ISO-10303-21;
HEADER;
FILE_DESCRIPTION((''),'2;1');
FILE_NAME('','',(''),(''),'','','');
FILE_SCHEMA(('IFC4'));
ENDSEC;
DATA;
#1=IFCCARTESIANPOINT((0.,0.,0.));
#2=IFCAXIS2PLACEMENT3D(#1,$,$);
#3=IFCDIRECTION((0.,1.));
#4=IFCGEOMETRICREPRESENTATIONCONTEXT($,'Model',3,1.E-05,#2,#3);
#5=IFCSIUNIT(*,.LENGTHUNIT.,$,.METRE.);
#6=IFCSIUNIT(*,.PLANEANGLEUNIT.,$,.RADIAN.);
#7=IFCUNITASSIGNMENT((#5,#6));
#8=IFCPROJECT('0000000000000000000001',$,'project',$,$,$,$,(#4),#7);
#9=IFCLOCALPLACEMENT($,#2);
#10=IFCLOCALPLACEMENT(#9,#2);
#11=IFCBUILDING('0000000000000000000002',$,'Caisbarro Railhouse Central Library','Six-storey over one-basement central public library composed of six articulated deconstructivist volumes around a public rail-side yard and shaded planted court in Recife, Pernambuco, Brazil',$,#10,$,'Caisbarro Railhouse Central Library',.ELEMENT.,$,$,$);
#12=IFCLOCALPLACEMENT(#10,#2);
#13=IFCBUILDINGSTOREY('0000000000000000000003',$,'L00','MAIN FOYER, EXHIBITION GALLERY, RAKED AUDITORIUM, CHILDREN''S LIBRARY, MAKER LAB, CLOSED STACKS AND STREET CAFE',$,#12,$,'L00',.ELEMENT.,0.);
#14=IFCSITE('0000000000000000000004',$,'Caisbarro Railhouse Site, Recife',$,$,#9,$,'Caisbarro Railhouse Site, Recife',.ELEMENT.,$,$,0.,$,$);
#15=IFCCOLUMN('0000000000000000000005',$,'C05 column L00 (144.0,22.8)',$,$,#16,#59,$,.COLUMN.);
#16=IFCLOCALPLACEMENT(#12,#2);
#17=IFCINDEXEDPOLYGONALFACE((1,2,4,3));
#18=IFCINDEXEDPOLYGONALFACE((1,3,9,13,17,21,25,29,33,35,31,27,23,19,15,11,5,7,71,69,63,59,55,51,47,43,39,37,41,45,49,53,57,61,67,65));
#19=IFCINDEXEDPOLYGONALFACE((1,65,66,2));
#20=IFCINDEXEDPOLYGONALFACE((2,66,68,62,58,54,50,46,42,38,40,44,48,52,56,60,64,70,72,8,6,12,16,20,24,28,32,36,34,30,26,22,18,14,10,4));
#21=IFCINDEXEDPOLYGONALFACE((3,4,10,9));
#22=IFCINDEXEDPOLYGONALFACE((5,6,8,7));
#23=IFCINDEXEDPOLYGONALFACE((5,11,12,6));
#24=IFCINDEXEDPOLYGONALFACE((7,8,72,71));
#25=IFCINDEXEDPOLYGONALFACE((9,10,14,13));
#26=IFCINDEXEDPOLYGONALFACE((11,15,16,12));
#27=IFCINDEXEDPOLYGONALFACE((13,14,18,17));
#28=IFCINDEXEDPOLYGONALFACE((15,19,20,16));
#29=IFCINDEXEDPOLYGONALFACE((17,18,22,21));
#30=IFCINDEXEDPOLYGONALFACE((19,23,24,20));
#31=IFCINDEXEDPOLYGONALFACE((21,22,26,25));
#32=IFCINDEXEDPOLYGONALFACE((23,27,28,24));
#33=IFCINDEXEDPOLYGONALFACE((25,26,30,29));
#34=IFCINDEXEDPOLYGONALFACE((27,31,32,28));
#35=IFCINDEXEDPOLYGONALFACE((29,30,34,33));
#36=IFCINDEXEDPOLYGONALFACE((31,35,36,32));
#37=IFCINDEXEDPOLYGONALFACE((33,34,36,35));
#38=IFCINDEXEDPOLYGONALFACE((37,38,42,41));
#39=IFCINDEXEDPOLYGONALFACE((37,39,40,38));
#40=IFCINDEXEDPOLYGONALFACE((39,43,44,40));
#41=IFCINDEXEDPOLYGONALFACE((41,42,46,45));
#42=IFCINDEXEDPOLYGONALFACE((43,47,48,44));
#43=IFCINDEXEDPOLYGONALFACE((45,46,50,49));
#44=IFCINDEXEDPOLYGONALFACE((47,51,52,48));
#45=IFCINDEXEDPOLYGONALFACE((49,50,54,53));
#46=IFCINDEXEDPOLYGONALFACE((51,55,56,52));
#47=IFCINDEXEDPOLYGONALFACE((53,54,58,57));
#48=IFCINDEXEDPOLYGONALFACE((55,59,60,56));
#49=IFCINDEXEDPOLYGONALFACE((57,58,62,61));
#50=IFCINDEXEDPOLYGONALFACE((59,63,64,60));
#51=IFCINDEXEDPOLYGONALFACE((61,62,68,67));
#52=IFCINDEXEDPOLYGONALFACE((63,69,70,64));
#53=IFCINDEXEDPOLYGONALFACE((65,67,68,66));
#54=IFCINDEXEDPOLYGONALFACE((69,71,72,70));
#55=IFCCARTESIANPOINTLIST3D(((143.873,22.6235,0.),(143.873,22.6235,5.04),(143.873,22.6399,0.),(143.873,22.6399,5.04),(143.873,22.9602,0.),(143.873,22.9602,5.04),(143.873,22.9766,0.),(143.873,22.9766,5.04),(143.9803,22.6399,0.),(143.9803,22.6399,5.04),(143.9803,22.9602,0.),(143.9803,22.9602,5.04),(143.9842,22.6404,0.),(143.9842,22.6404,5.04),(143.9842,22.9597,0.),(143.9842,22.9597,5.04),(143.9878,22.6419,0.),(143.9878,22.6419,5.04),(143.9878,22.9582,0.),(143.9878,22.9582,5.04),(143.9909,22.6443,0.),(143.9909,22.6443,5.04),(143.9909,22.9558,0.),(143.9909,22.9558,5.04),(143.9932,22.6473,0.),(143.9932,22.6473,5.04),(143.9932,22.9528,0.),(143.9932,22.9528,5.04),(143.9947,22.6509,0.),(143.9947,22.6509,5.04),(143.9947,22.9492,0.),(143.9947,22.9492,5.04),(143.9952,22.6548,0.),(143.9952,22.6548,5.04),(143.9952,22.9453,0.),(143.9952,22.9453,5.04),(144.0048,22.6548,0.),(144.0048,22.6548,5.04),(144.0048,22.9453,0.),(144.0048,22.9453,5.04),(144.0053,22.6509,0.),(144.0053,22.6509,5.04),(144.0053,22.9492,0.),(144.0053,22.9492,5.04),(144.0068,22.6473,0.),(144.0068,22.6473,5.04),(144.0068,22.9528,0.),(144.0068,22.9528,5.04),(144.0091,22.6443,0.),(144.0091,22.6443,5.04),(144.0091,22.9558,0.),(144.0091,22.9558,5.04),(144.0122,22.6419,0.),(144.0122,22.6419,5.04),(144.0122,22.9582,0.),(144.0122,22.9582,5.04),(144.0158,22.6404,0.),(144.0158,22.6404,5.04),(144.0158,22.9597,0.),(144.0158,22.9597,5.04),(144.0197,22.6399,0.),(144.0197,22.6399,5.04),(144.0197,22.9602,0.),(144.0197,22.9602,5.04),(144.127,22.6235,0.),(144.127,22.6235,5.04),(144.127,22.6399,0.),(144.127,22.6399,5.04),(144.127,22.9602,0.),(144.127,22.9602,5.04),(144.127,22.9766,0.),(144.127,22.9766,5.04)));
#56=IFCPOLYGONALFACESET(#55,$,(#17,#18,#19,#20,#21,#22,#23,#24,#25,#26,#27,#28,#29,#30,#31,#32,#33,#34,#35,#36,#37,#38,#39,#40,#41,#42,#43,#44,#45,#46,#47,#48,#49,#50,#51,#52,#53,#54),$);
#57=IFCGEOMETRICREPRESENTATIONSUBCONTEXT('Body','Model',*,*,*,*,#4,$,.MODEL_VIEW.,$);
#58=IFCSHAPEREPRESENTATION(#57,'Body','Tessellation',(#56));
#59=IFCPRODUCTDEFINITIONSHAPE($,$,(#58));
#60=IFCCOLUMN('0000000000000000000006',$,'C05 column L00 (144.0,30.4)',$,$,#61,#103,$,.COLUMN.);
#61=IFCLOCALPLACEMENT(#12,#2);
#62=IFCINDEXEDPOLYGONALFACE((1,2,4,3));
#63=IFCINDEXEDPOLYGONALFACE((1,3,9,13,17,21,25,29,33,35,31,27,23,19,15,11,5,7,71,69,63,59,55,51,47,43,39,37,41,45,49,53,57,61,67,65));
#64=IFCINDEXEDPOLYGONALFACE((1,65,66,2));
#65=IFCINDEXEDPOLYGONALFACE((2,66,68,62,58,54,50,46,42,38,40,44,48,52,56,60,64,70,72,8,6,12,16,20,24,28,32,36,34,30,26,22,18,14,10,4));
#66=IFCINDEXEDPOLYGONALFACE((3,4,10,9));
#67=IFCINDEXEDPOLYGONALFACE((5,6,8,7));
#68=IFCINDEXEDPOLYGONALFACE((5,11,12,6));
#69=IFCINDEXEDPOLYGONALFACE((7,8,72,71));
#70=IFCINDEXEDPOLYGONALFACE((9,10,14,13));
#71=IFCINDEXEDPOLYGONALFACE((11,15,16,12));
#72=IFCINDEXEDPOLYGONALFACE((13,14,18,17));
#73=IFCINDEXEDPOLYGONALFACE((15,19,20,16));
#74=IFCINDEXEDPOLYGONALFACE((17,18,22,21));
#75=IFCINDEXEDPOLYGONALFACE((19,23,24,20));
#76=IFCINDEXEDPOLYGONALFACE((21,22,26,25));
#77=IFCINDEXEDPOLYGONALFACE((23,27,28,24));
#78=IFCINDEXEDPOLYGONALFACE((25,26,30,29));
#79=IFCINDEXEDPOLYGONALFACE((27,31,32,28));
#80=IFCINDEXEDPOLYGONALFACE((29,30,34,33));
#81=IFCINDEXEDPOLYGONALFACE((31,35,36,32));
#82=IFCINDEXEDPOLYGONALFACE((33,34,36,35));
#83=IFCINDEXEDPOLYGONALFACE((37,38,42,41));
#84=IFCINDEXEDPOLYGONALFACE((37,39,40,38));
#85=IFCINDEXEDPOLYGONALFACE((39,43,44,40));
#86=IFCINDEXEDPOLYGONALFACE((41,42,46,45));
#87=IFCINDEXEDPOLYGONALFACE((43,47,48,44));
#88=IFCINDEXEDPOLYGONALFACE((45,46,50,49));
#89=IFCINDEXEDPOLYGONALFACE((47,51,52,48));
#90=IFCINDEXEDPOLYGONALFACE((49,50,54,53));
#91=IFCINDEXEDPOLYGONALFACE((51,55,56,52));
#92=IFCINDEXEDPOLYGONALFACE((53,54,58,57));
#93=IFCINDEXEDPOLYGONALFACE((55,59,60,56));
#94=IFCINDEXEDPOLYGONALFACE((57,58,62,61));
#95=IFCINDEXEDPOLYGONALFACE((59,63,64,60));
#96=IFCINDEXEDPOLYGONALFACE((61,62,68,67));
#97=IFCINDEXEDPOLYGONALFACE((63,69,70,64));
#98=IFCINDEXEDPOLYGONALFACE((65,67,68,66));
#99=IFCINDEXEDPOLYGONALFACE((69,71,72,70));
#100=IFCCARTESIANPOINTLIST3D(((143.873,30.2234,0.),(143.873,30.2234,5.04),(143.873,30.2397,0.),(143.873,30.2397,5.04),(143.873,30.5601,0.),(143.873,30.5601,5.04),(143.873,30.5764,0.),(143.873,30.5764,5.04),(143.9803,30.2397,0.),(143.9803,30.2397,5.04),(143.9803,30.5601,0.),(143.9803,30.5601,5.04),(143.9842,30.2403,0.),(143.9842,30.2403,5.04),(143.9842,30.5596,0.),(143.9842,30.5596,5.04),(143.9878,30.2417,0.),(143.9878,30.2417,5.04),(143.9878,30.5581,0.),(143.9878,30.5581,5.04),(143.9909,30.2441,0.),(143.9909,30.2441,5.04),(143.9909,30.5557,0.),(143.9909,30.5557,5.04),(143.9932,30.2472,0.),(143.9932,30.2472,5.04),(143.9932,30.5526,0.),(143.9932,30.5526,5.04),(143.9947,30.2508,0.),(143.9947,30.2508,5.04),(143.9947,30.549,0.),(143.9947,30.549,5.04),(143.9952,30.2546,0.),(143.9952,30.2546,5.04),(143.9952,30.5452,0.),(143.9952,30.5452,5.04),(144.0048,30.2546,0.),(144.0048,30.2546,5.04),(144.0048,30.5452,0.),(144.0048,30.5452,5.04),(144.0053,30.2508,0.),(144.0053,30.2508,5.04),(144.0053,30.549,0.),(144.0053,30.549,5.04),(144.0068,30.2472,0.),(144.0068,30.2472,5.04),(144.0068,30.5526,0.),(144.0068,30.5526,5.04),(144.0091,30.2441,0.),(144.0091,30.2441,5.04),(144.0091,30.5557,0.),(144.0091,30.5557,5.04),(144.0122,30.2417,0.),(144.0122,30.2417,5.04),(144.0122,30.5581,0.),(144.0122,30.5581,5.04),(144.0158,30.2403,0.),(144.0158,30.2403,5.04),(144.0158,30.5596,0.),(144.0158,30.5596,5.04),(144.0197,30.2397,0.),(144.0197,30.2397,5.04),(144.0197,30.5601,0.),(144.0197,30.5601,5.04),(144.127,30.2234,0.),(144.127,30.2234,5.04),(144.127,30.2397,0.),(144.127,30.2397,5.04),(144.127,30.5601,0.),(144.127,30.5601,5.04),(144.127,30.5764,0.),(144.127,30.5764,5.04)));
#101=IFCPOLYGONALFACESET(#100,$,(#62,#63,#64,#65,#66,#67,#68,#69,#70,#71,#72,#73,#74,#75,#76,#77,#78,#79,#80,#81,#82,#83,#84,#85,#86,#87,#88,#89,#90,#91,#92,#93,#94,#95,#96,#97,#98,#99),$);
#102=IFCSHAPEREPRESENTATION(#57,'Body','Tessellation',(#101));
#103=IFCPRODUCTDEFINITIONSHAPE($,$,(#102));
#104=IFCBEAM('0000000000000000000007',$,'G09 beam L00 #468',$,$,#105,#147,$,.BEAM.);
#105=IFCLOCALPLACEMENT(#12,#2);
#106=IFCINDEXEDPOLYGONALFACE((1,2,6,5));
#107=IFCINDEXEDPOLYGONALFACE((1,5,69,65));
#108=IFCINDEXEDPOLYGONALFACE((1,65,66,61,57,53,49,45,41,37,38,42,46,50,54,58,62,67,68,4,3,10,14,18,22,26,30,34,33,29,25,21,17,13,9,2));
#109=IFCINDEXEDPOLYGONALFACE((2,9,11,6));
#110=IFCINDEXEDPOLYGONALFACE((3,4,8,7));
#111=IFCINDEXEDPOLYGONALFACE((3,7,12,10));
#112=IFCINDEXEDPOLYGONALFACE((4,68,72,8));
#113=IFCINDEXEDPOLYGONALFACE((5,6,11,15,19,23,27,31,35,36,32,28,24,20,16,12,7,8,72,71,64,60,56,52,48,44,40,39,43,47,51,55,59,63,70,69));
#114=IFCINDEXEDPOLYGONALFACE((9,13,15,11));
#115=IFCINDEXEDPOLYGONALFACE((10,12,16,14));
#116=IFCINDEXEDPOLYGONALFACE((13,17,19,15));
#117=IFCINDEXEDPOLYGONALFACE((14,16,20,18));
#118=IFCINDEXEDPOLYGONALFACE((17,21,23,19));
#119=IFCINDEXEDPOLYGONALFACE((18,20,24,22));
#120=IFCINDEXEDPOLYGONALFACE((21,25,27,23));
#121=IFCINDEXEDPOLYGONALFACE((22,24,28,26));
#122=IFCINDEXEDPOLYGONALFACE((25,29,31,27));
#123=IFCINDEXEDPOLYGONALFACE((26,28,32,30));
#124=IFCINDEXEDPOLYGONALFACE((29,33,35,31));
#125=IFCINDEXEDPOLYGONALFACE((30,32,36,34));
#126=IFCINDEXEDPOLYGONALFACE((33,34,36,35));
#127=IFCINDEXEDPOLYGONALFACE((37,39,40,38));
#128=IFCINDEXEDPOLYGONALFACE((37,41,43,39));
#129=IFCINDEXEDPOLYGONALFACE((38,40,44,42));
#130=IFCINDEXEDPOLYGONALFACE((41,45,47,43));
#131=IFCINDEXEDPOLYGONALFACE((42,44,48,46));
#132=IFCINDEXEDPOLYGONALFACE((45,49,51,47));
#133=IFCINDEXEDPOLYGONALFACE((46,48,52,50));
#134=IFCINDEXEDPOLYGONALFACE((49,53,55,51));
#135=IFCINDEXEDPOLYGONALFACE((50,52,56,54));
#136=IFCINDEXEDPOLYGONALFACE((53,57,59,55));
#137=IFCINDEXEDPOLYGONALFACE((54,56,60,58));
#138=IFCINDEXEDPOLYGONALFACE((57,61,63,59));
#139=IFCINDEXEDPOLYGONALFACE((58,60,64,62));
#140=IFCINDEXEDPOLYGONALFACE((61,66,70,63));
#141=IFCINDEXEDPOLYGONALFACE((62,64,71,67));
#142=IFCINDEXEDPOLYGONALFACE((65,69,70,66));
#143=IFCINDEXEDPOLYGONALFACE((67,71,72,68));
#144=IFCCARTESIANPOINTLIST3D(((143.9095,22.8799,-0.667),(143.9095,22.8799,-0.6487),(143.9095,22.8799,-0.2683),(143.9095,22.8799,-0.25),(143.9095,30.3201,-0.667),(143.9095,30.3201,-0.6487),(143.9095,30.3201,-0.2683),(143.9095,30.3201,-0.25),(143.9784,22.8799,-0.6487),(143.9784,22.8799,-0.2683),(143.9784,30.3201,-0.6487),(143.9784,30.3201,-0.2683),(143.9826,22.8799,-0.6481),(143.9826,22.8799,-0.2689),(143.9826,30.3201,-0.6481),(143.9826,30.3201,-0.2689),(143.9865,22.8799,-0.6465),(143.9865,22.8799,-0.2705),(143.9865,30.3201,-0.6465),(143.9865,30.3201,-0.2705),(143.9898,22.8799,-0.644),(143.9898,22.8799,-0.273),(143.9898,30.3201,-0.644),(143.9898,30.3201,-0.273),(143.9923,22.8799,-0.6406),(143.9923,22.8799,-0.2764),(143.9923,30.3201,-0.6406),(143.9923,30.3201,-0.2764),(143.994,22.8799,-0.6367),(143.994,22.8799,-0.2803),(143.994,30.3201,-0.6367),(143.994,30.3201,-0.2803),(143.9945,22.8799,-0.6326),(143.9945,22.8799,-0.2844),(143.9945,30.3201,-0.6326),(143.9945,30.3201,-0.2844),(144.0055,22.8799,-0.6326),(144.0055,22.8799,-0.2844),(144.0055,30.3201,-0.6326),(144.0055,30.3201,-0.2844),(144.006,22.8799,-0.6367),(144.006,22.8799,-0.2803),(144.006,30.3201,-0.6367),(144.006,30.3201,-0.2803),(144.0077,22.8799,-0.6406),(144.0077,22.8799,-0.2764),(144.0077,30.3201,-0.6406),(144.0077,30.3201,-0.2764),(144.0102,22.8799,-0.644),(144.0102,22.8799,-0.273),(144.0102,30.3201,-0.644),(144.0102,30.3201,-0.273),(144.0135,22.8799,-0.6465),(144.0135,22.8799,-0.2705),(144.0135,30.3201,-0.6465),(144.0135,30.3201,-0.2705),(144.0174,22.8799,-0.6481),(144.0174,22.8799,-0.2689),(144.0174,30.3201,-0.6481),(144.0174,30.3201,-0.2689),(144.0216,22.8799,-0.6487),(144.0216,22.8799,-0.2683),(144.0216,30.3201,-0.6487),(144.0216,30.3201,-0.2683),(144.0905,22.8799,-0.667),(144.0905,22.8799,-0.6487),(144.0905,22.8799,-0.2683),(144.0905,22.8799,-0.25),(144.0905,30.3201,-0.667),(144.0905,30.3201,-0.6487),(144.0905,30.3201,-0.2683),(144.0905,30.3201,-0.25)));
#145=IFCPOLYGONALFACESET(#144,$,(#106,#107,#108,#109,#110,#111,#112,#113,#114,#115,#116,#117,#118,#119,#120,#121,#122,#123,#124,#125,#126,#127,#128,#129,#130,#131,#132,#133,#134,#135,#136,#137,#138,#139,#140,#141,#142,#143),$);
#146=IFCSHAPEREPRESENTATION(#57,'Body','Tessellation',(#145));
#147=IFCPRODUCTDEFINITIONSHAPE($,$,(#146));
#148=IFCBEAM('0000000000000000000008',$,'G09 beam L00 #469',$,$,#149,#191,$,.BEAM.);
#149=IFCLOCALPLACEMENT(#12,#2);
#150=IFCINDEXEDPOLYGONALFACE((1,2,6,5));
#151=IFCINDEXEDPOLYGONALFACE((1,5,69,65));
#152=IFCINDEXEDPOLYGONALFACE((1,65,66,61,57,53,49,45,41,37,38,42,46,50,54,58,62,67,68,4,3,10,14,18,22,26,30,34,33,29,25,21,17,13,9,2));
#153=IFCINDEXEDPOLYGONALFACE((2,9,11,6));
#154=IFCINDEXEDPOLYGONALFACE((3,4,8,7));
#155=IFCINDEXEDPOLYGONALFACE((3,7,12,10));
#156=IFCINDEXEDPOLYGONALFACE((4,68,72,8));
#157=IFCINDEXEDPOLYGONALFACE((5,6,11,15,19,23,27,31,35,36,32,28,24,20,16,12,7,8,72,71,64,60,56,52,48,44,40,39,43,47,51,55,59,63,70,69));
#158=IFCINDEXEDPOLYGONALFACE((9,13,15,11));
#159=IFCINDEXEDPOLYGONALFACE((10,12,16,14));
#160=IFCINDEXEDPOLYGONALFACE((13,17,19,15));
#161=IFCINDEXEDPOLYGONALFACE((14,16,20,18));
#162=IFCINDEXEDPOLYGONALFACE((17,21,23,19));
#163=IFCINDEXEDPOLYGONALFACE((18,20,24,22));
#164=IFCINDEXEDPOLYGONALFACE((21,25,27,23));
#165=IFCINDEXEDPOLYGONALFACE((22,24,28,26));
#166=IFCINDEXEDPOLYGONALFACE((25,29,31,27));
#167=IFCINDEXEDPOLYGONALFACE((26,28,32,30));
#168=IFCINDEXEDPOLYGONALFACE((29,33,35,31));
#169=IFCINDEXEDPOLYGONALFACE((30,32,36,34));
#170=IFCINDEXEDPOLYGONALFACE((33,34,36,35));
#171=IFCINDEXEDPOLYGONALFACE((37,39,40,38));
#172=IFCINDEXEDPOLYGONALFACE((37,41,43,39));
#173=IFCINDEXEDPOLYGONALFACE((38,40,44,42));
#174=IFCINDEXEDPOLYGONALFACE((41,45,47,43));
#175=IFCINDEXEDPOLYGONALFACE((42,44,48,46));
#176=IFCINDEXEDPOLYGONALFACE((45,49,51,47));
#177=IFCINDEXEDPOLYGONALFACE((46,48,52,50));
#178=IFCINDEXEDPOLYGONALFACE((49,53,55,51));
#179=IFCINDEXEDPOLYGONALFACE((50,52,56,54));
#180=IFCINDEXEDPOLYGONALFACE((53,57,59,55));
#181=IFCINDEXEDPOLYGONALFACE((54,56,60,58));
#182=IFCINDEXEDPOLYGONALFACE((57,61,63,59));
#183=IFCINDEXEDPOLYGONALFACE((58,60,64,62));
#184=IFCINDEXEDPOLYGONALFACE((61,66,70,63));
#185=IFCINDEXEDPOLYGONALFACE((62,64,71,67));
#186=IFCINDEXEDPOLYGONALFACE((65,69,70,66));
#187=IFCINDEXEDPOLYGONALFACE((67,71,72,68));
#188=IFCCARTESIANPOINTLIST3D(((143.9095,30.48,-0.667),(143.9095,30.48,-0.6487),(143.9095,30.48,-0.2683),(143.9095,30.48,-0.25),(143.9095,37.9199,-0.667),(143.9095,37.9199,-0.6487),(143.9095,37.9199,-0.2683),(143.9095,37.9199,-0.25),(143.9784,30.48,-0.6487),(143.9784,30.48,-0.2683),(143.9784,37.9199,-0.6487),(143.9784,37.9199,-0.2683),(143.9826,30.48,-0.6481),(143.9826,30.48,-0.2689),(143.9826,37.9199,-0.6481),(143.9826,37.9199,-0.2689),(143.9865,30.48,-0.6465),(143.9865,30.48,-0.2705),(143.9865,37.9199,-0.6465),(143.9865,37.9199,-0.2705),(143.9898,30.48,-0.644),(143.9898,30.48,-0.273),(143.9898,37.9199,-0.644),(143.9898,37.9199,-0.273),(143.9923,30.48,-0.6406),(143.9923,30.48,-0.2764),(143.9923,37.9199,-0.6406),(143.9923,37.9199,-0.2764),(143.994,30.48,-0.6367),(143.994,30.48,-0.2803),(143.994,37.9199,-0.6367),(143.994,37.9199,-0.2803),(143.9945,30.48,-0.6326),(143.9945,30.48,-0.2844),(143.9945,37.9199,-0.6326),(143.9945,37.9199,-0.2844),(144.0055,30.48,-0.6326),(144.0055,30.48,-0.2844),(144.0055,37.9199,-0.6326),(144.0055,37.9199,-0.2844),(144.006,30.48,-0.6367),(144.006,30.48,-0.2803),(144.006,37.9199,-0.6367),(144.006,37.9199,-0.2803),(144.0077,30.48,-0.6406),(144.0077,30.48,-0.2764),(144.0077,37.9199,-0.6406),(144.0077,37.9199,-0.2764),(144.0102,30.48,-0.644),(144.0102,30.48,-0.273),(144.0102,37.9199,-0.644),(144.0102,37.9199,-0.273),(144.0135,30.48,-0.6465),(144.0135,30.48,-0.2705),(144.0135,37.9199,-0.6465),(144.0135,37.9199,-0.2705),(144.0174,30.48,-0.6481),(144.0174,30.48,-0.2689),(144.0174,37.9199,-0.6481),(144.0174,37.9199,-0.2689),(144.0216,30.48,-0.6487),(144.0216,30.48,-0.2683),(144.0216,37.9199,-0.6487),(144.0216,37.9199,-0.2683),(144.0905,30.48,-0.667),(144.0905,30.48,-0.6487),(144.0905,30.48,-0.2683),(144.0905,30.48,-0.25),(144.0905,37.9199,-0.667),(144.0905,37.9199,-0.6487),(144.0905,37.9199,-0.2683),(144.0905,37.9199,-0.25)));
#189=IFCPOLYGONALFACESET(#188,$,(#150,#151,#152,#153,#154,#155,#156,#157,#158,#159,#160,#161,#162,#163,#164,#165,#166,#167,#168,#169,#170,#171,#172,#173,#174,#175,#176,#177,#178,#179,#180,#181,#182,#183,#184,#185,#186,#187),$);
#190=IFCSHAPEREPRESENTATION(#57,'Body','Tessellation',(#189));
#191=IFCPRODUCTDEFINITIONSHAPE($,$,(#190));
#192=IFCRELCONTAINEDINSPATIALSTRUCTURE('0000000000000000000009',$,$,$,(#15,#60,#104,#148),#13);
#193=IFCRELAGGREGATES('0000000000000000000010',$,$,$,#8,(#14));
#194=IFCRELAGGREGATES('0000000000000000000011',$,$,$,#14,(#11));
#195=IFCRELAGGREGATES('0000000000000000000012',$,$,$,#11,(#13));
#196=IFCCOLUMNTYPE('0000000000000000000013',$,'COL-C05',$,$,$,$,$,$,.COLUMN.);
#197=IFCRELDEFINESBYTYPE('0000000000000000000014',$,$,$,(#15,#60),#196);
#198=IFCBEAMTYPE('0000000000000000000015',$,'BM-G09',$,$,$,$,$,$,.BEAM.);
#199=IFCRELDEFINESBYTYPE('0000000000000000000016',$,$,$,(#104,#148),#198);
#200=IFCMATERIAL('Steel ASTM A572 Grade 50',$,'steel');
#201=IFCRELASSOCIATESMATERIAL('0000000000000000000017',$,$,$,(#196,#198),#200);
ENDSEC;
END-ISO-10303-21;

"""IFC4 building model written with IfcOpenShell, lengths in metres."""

from ifc_helpers import new_model, si_unit, direction, frame, origin, origin_2d, place, context, subcontext, project, spatial, i_section, extrude, material, material_profile, profile_set, type_object, element, save


model = new_model("IFC4")

# Units and contexts
model_context = context("Model", 3, precision=1e-05, world=origin(), true_north=direction((0.0, 1.0)))
body_context = subcontext(model_context, "Body", "Model", "MODEL_VIEW")
ifc_project = project(units=[si_unit("LENGTHUNIT", "METRE"), si_unit("PLANEANGLEUNIT", "RADIAN")], contexts=[model_context])

# Site, building, storey
site_placement = place(None, origin())
site = spatial("IfcSite", under=ifc_project, at=site_placement, Name="Caisbarro Railhouse Site, Recife", LongName="Caisbarro Railhouse Site, Recife", CompositionType="ELEMENT", RefElevation=0.0)
building_placement = place(site_placement, origin())
building = spatial("IfcBuilding", under=site, at=building_placement, Name="Caisbarro Railhouse Central Library", Description="Six-storey over one-basement central public library composed of six articulated deconstructivist volumes around a public rail-side yard and shaded planted court in Recife, Pernambuco, Brazil", LongName="Caisbarro Railhouse Central Library", CompositionType="ELEMENT")
storey_placement = place(building_placement, origin())
storey = spatial("IfcBuildingStorey", under=building, at=storey_placement, Name="L00", Description="MAIN FOYER, EXHIBITION GALLERY, RAKED AUDITORIUM, CHILDREN'S LIBRARY, MAKER LAB, CLOSED STACKS AND STREET CAFE", LongName="L00", CompositionType="ELEMENT", Elevation=0.0)

# Columns
ifc_material_1 = material(Name="Steel ASTM A572 Grade 50", Category="steel")
ifc_material_profile_1 = material_profile(ifc_material_1, i_section(OverallWidth=0.2539, OverallDepth=0.353, WebThickness=0.0095, FlangeThickness=0.0164, FilletRadius=0.0149, at=origin_2d()), Name="W360X91.0")
ifc_profile_set_1 = profile_set([ifc_material_profile_1], Name="Steel ASTM A572 Grade 50")
column_type = type_object("IfcColumnType", Name="COL-C05", PredefinedType="COLUMN", material=ifc_profile_set_1)
for number, where, z_axis, x_axis, name in (
    (1, (144.0, 22.8, 0.0), (0.0, 0.0, 1.0), (1.0, 0.0, 0.0), "C05 column L00 (144.0,22.8)"),
    (2, (144.0, 30.3999, 0.0), (0.0, 0.0, 1.0), (1.0, 0.0, 0.0), "C05 column L00 (144.0,30.4)"),
):
    element("IfcColumn", number, at=place(storey_placement, frame(where, z_axis=z_axis, x_axis=x_axis)), inside=storey, type_object=column_type, Name=name, PredefinedType="COLUMN", context=body_context, shape_type="SweptSolid", body=[
        extrude(i_section(OverallWidth=0.2539, OverallDepth=0.353, WebThickness=0.0095, FlangeThickness=0.0164, FilletRadius=0.0149, at=origin_2d()), origin(), (0.0, 0.0, 1.0), 5.04),
    ])

# Beams
ifc_material_profile_2 = material_profile(ifc_material_1, i_section(OverallWidth=0.1809, OverallDepth=0.417, WebThickness=0.011, FlangeThickness=0.0183, FilletRadius=0.0161, at=origin_2d()), Name="W410X85.0")
ifc_profile_set_2 = profile_set([ifc_material_profile_2], Name="Steel ASTM A572 Grade 50")
beam_type = type_object("IfcBeamType", Name="BM-G09", PredefinedType="BEAM", material=ifc_profile_set_2)
beam_1_placement = place(storey_placement, frame((144.0, 22.8799, -0.4585), z_axis=(0.0, 1.0, 0.0), x_axis=(-1.0, 0.0, 0.0)))
element("IfcBeam", 3, at=beam_1_placement, inside=storey, type_object=beam_type, Name="G09 beam L00 #468", PredefinedType="BEAM", context=body_context, shape_type="SweptSolid", body=[
    extrude(i_section(OverallWidth=0.1809, OverallDepth=0.417, WebThickness=0.011, FlangeThickness=0.0183, FilletRadius=0.0161, at=origin_2d()), origin(), (0.0, 0.0, 1.0), 7.4402),
])
beam_2_placement = place(storey_placement, frame((144.0, 30.48, -0.4585), z_axis=(0.0, 1.0, 0.0), x_axis=(-1.0, 0.0, 0.0)))
element("IfcBeam", 4, at=beam_2_placement, inside=storey, type_object=beam_type, Name="G09 beam L00 #469", PredefinedType="BEAM", context=body_context, shape_type="SweptSolid", body=[
    extrude(i_section(OverallWidth=0.1809, OverallDepth=0.417, WebThickness=0.011, FlangeThickness=0.0183, FilletRadius=0.0161, at=origin_2d()), origin(), (0.0, 0.0, 1.0), 7.4399),
])

save(model, "model.ifc")
